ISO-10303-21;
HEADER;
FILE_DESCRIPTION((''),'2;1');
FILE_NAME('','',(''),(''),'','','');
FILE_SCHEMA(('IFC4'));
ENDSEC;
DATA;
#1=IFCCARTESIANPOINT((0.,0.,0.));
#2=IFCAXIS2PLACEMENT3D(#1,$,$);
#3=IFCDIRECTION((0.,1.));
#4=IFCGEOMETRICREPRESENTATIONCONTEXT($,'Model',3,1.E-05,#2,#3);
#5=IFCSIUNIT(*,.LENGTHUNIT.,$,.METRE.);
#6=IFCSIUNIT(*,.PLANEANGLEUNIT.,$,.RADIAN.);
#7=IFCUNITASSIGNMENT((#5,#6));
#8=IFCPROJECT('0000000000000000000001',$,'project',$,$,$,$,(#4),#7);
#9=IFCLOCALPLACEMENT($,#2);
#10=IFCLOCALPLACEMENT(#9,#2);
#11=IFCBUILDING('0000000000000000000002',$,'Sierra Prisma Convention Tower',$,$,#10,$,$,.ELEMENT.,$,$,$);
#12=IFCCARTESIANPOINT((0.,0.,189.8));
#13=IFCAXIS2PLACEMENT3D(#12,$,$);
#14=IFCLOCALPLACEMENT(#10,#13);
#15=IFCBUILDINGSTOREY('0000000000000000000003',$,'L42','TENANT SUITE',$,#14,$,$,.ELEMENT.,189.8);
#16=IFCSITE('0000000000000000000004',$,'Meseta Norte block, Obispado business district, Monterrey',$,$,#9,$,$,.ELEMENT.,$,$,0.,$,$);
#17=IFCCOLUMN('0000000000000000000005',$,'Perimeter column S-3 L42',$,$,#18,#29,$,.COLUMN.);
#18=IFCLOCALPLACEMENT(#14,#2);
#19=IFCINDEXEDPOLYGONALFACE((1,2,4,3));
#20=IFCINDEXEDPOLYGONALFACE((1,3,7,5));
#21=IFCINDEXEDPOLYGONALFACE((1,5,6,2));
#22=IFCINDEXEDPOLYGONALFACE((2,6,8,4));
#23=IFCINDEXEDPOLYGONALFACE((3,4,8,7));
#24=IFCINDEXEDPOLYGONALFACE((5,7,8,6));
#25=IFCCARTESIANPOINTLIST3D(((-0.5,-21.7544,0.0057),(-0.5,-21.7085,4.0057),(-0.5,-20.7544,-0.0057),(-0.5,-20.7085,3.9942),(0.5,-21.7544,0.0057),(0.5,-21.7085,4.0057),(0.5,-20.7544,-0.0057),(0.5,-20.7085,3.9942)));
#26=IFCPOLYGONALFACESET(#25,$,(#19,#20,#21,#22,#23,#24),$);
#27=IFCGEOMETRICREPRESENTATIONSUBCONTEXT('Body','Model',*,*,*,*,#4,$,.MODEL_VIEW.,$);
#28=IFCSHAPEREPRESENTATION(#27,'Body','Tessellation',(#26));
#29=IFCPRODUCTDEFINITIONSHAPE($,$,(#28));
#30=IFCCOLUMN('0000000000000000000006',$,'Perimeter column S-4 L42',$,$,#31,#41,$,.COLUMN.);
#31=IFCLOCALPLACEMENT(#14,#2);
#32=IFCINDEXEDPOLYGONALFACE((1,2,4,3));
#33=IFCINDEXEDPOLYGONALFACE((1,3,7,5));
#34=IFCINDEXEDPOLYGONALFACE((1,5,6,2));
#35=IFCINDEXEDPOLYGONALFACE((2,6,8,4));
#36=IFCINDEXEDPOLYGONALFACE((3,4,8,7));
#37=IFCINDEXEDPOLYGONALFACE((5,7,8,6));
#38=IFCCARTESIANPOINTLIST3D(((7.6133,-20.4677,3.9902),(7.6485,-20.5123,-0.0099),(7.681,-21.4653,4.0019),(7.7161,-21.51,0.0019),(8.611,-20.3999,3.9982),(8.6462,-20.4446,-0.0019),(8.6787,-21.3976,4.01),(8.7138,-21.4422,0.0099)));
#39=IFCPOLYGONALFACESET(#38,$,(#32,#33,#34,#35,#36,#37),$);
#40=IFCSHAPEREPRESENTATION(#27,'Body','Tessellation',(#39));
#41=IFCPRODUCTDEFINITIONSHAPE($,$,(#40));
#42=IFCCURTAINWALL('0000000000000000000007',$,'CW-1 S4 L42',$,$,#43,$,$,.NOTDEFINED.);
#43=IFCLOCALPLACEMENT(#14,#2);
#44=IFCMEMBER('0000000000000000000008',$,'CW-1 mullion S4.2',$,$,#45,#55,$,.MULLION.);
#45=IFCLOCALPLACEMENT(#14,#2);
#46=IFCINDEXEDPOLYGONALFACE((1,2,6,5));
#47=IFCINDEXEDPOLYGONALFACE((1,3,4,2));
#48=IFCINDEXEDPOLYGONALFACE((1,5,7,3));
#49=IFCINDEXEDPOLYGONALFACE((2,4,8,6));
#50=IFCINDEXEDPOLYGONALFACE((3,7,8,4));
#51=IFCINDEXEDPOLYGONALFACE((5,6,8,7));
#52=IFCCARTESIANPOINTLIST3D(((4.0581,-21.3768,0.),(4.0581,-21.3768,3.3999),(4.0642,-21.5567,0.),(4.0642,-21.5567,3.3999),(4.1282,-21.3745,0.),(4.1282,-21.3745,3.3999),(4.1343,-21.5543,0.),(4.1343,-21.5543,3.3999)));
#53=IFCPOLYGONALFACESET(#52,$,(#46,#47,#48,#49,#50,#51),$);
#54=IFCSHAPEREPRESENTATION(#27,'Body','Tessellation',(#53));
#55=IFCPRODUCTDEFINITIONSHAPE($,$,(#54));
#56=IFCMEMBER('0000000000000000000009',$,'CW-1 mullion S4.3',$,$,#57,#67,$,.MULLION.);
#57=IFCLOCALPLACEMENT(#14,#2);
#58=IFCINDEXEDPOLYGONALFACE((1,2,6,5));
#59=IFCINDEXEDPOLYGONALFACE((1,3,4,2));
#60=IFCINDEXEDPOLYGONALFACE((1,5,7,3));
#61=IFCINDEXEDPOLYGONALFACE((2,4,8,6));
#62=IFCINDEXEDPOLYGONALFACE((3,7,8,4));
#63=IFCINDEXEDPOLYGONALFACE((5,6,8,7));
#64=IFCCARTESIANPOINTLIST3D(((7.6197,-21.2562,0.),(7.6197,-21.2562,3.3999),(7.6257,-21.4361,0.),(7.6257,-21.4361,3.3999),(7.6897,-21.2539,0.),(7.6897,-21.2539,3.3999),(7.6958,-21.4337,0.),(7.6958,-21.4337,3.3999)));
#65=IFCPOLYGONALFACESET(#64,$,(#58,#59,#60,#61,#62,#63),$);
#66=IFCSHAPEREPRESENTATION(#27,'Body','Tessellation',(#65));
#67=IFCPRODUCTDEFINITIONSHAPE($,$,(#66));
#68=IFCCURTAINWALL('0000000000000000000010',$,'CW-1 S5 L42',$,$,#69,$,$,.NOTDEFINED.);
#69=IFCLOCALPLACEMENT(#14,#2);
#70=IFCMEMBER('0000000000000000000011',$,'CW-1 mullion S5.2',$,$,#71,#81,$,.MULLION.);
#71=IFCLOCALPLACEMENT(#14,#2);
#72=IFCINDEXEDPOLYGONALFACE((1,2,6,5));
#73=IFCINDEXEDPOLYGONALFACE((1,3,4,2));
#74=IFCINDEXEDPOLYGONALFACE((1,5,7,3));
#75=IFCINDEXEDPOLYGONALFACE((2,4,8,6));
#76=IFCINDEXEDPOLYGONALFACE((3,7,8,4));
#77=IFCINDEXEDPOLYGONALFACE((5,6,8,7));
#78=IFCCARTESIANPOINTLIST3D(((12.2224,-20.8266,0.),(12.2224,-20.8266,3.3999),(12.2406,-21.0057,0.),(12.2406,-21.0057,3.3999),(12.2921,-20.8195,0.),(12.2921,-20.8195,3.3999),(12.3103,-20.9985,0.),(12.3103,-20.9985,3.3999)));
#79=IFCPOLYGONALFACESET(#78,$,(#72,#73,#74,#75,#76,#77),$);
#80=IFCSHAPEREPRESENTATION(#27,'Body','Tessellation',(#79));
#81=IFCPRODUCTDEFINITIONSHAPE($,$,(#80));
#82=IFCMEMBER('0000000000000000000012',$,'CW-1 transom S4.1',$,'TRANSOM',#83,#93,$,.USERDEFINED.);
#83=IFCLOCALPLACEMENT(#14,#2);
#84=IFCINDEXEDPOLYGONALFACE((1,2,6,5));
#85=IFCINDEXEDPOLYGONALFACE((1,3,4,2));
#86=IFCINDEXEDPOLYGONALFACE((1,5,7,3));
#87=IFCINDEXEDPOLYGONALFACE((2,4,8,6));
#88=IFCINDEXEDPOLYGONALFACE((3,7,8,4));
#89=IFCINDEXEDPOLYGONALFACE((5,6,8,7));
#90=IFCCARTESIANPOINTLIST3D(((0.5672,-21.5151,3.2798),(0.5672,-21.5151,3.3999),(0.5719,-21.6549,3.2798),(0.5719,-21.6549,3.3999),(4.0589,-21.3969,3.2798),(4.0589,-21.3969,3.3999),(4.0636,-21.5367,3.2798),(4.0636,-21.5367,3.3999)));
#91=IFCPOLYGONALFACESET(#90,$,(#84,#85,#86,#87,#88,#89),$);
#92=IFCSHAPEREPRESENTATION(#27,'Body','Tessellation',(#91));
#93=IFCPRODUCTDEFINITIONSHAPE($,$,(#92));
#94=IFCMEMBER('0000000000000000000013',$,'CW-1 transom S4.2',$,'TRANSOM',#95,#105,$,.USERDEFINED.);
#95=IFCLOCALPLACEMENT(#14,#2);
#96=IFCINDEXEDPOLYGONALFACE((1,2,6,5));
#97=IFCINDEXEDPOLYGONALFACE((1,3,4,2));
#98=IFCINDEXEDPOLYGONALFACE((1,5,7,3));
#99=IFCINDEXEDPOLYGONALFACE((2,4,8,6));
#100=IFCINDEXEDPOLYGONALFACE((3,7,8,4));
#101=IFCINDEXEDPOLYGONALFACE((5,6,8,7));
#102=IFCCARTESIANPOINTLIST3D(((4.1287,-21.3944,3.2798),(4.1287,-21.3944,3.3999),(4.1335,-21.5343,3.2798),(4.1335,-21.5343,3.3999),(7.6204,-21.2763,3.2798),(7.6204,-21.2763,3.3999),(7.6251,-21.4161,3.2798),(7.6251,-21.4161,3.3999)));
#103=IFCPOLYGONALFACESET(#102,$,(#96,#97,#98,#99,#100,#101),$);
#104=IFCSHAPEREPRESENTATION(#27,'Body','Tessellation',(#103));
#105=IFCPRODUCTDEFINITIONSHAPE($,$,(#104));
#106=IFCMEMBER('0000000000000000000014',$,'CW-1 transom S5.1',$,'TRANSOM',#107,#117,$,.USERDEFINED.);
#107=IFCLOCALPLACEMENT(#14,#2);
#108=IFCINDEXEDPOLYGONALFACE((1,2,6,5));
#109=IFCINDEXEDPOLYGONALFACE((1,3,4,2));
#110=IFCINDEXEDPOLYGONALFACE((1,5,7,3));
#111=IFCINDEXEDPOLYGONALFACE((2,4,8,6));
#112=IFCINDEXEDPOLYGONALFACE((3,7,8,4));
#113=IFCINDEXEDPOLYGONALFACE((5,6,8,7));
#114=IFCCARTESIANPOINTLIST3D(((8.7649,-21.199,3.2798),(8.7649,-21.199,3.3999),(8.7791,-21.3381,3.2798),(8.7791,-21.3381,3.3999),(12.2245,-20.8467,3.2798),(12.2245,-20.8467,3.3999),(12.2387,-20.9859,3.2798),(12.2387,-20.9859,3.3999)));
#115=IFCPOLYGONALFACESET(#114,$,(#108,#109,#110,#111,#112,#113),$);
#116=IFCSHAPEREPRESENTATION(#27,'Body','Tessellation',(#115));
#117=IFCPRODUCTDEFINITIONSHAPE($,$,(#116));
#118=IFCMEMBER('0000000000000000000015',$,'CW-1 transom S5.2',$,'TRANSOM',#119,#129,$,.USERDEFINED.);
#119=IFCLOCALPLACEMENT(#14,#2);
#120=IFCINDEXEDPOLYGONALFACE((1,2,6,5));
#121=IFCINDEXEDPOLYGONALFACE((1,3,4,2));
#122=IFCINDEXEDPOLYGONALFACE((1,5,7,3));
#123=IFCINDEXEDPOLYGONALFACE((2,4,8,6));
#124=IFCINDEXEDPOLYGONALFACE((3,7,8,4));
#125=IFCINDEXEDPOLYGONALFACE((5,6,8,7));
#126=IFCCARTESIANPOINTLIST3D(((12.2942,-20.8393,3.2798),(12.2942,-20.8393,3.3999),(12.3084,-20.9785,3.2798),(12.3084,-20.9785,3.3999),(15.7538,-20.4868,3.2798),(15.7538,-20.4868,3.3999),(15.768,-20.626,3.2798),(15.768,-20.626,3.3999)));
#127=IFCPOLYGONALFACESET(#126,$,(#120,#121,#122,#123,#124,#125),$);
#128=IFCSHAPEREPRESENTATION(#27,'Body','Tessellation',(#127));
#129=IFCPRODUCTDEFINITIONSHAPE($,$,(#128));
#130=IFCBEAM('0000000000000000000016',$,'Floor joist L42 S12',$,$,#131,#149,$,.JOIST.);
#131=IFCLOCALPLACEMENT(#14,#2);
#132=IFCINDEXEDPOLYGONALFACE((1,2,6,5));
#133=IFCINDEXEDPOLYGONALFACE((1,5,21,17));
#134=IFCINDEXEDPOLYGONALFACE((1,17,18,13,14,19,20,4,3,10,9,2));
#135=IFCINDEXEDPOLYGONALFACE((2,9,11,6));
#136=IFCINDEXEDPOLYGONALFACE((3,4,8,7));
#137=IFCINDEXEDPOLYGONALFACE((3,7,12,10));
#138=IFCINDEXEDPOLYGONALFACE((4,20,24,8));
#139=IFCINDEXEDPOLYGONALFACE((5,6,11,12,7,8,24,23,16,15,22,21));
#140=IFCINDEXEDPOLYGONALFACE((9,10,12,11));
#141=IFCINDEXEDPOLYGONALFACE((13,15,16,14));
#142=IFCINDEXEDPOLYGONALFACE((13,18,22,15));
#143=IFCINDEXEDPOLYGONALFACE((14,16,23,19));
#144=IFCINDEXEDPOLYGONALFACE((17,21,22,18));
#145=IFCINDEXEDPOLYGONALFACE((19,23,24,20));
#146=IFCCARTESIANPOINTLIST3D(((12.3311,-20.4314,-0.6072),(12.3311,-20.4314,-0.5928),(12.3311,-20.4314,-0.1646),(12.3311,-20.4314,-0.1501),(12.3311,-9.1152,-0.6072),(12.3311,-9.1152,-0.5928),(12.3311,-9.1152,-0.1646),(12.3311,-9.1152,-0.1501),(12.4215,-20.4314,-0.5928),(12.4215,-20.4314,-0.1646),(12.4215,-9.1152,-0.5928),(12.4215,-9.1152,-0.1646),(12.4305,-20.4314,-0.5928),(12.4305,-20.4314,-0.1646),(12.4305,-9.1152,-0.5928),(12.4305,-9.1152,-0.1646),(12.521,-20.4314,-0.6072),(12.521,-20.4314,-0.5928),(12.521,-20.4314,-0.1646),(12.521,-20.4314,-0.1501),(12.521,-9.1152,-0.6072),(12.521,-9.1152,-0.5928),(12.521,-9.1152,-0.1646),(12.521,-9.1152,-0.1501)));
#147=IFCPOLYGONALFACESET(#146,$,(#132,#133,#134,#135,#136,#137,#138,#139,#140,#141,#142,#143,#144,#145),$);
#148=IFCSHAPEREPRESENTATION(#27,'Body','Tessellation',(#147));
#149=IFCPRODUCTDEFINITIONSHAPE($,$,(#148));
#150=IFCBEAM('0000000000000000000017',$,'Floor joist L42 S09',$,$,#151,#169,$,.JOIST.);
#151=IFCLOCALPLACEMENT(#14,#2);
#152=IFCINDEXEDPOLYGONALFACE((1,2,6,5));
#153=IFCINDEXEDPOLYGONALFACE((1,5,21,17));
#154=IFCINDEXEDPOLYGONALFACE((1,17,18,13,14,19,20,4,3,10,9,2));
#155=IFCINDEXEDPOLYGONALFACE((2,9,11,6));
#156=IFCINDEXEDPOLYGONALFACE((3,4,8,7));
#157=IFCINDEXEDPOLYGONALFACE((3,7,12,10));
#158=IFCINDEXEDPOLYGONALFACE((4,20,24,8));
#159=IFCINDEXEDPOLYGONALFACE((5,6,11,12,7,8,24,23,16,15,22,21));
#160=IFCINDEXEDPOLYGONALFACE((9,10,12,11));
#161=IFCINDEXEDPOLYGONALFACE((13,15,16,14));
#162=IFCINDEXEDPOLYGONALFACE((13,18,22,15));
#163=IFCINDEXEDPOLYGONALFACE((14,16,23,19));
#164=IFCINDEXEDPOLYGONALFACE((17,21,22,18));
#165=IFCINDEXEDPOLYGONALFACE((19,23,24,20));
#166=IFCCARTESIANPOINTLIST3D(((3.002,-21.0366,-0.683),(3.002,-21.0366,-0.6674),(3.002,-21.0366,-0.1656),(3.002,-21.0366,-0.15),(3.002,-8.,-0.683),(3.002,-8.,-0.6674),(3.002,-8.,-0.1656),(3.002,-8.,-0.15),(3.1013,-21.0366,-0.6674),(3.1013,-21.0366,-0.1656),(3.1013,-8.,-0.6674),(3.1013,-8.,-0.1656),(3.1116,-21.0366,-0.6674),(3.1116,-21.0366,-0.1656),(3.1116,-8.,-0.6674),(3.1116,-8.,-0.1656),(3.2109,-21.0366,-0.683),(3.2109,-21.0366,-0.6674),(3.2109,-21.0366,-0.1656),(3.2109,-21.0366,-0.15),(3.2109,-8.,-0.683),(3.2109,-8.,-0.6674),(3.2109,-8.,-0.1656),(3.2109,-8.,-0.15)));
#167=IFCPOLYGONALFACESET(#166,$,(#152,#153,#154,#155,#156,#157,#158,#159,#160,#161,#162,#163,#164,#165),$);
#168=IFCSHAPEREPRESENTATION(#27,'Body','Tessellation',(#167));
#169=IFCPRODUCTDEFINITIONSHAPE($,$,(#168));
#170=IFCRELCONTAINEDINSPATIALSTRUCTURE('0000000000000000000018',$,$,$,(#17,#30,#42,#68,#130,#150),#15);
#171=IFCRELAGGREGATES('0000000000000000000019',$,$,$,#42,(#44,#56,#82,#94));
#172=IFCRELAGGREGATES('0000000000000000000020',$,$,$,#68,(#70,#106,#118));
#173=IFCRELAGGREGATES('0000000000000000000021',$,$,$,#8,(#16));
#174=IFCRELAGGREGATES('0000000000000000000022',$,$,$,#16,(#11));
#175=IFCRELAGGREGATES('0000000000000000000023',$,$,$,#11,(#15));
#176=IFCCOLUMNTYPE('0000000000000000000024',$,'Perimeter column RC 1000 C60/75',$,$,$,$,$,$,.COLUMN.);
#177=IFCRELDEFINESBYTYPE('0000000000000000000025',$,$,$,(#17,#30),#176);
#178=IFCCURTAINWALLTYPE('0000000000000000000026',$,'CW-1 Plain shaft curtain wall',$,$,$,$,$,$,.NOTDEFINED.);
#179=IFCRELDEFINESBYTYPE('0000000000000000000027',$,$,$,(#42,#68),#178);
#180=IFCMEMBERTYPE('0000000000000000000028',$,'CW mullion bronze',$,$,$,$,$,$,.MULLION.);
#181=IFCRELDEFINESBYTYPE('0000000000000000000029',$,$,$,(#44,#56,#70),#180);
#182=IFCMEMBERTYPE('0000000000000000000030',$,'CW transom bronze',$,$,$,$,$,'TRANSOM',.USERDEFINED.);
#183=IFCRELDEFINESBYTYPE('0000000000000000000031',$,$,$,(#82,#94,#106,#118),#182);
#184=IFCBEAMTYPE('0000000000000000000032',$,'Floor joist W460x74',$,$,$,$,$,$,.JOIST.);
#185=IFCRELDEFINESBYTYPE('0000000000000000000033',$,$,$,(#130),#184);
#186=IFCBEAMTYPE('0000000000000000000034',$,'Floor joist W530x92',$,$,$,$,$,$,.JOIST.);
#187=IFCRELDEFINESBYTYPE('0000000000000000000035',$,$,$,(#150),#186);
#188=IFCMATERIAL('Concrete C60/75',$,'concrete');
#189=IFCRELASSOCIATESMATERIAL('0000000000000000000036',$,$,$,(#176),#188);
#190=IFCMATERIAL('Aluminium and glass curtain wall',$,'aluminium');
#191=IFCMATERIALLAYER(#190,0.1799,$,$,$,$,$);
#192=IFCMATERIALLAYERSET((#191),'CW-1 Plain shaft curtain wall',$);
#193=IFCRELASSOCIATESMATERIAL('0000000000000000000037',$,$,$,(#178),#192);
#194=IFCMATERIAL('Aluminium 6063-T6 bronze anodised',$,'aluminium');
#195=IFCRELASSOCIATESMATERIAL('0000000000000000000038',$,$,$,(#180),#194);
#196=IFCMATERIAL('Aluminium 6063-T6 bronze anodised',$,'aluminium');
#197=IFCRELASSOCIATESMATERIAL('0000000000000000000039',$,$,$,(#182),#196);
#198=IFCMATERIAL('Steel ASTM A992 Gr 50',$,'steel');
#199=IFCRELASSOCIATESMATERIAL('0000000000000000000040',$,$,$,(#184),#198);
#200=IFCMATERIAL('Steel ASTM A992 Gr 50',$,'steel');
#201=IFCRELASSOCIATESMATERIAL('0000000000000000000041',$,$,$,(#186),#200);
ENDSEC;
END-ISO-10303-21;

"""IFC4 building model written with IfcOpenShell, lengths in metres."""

from ifc_helpers import new_model, si_unit, direction, frame, origin, origin_2d, place, context, subcontext, project, spatial, rectangle, i_section, extrude, material, layer, layer_set, material_profile, profile_set, type_object, element, aggregate, save


model = new_model("IFC4")

# Units and contexts
model_context = context("Model", 3, precision=1e-05, world=origin(), true_north=direction((0.0, 1.0)))
body_context = subcontext(model_context, "Body", "Model", "MODEL_VIEW")
ifc_project = project(units=[si_unit("LENGTHUNIT", "METRE"), si_unit("PLANEANGLEUNIT", "RADIAN")], contexts=[model_context])

# Site, building, storey
site_placement = place(None, origin())
site = spatial("IfcSite", under=ifc_project, at=site_placement, Name="Meseta Norte block, Obispado business district, Monterrey", CompositionType="ELEMENT", RefElevation=0.0)
building_placement = place(site_placement, origin())
building = spatial("IfcBuilding", under=site, at=building_placement, Name="Sierra Prisma Convention Tower", CompositionType="ELEMENT")
storey_placement = place(building_placement, frame((0.0, 0.0, 189.8)))
storey = spatial("IfcBuildingStorey", under=building, at=storey_placement, Name="L42", Description="TENANT SUITE", CompositionType="ELEMENT", Elevation=189.8)

# Columns
ifc_material_1 = material(Name="Concrete C60/75", Category="concrete")
ifc_material_profile_1 = material_profile(ifc_material_1, rectangle(XDim=1.0, YDim=1.0, at=origin_2d()), Name="Perimeter column RC 1000 C60/75")
ifc_profile_set_1 = profile_set([ifc_material_profile_1], Name="Concrete C60/75")
column_type = type_object("IfcColumnType", Name="Perimeter column RC 1000 C60/75", PredefinedType="COLUMN", material=ifc_profile_set_1)
column_1_placement = place(storey_placement, frame((0.0, -21.2544, 0.0), z_axis=(0.0, 0.011474, 0.999934), x_axis=(1.0, 0.0, 0.0)))
element("IfcColumn", 1, at=column_1_placement, inside=storey, type_object=column_type, Name="Perimeter column S-3 L42", PredefinedType="COLUMN", context=body_context, shape_type="SweptSolid", body=[
    extrude(rectangle(XDim=1.0, YDim=1.0, at=origin_2d()), origin(), (0.0, 0.0, 1.0), 4.0002),
])
column_2_placement = place(storey_placement, frame((8.1812, -20.9773, 0.0), z_axis=(-0.008788, 0.011168, 0.999899), x_axis=(0.997671, 0.06774, 0.008012)))
element("IfcColumn", 2, at=column_2_placement, inside=storey, type_object=column_type, Name="Perimeter column S-4 L42", PredefinedType="COLUMN", context=body_context, shape_type="SweptSolid", body=[
    extrude(rectangle(XDim=1.0, YDim=1.0, at=origin_2d()), origin(), (0.0, 0.0, 1.0), 4.0005),
])

# Curtain wall, members
ifc_material_2 = material(Name="Aluminium and glass curtain wall", Category="aluminium")
ifc_layer_1 = layer(ifc_material_2, 0.1799)
ifc_layer_set_1 = layer_set([ifc_layer_1], Name="CW-1 Plain shaft curtain wall")
curtain_wall_type = type_object("IfcCurtainWallType", Name="CW-1 Plain shaft curtain wall", PredefinedType="NOTDEFINED", material=ifc_layer_set_1)
curtain_wall_1_placement = place(storey_placement, origin())
curtain_wall_1 = element("IfcCurtainWall", 3, at=curtain_wall_1_placement, inside=storey, type_object=curtain_wall_type, Name="CW-1 S4 L42", PredefinedType="NOTDEFINED")
ifc_material_3 = material(Name="Aluminium 6063-T6 bronze anodised", Category="aluminium")
ifc_material_profile_2 = material_profile(ifc_material_3, rectangle(XDim=0.1799, YDim=0.0701, at=origin_2d()), Name="ALU MULLION 70x180")
ifc_profile_set_2 = profile_set([ifc_material_profile_2], Name="Aluminium 6063-T6 bronze anodised")
member_type_1 = type_object("IfcMemberType", Name="CW mullion bronze", PredefinedType="MULLION", material=ifc_profile_set_2)
member_1_placement = place(storey_placement, frame((4.0962, -21.4656, 0.0), z_axis=(0.0, 0.0, 1.0), x_axis=(-0.033843, 0.999427, 0.0)))
member_1 = element("IfcMember", 4, at=member_1_placement, type_object=member_type_1, Name="CW-1 mullion S4.2", PredefinedType="MULLION", context=body_context, shape_type="SweptSolid", body=[
    extrude(rectangle(XDim=0.1799, YDim=0.0701, at=origin_2d()), origin(), (0.0, 0.0, 1.0), 3.3999),
])
member_2_placement = place(storey_placement, frame((7.6577, -21.345, 0.0), z_axis=(0.0, 0.0, 1.0), x_axis=(-0.033843, 0.999427, 0.0)))
member_2 = element("IfcMember", 5, at=member_2_placement, type_object=member_type_1, Name="CW-1 mullion S4.3", PredefinedType="MULLION", context=body_context, shape_type="SweptSolid", body=[
    extrude(rectangle(XDim=0.1799, YDim=0.0701, at=origin_2d()), origin(), (0.0, 0.0, 1.0), 3.3999),
])

# Curtain wall, member
curtain_wall_2_placement = place(storey_placement, origin())
curtain_wall_2 = element("IfcCurtainWall", 6, at=curtain_wall_2_placement, inside=storey, type_object=curtain_wall_type, Name="CW-1 S5 L42", PredefinedType="NOTDEFINED")
member_3_placement = place(storey_placement, frame((12.2664, -20.9126, 0.0), z_axis=(0.0, 0.0, 1.0), x_axis=(-0.101372, 0.994849, 0.0)))
member_3 = element("IfcMember", 7, at=member_3_placement, type_object=member_type_1, Name="CW-1 mullion S5.2", PredefinedType="MULLION", context=body_context, shape_type="SweptSolid", body=[
    extrude(rectangle(XDim=0.1799, YDim=0.0701, at=origin_2d()), origin(), (0.0, 0.0, 1.0), 3.3999),
])

# Members
ifc_material_4 = material(Name="Aluminium 6063-T6 bronze anodised", Category="aluminium")
ifc_material_profile_3 = material_profile(ifc_material_4, rectangle(XDim=0.1399, YDim=0.1201, at=origin_2d()), Name="ALU TRANSOM 120x140")
ifc_profile_set_3 = profile_set([ifc_material_profile_3], Name="Aluminium 6063-T6 bronze anodised")
member_type_2 = type_object("IfcMemberType", Name="CW transom bronze", ElementType="TRANSOM", PredefinedType="USERDEFINED", material=ifc_profile_set_3)
member_4_placement = place(storey_placement, frame((0.5696, -21.585, 3.3398), z_axis=(0.999428, 0.033822, 0.0), x_axis=(-0.033822, 0.999428, 0.0)))
member_4 = element("IfcMember", 8, at=member_4_placement, type_object=member_type_2, Name="CW-1 transom S4.1", ObjectType="TRANSOM", PredefinedType="USERDEFINED", context=body_context, shape_type="SweptSolid", body=[
    extrude(rectangle(XDim=0.1399, YDim=0.1201, at=origin_2d()), origin(), (0.0, 0.0, 1.0), 3.4937),
])
member_5_placement = place(storey_placement, frame((4.1311, -21.4644, 3.3398), z_axis=(0.999428, 0.033822, 0.0), x_axis=(-0.033822, 0.999428, 0.0)))
member_5 = element("IfcMember", 9, at=member_5_placement, type_object=member_type_2, Name="CW-1 transom S4.2", ObjectType="TRANSOM", PredefinedType="USERDEFINED", context=body_context, shape_type="SweptSolid", body=[
    extrude(rectangle(XDim=0.1399, YDim=0.1201, at=origin_2d()), origin(), (0.0, 0.0, 1.0), 3.4937),
])
member_6_placement = place(storey_placement, frame((8.772, -21.2686, 3.3398), z_axis=(0.994856, 0.101304, 0.0), x_axis=(-0.101304, 0.994856, 0.0)))
member_6 = element("IfcMember", 10, at=member_6_placement, type_object=member_type_2, Name="CW-1 transom S5.1", ObjectType="TRANSOM", PredefinedType="USERDEFINED", context=body_context, shape_type="SweptSolid", body=[
    extrude(rectangle(XDim=0.1399, YDim=0.1201, at=origin_2d()), origin(), (0.0, 0.0, 1.0), 3.4775),
])
member_7_placement = place(storey_placement, frame((12.3013, -20.9089, 3.3398), z_axis=(0.994848, 0.101373, 0.0), x_axis=(-0.101373, 0.994848, 0.0)))
member_7 = element("IfcMember", 11, at=member_7_placement, type_object=member_type_2, Name="CW-1 transom S5.2", ObjectType="TRANSOM", PredefinedType="USERDEFINED", context=body_context, shape_type="SweptSolid", body=[
    extrude(rectangle(XDim=0.1399, YDim=0.1201, at=origin_2d()), origin(), (0.0, 0.0, 1.0), 3.4775),
])

# Beams
ifc_material_5 = material(Name="Steel ASTM A992 Gr 50", Category="steel")
ifc_material_profile_4 = material_profile(ifc_material_5, i_section(OverallWidth=0.1899, OverallDepth=0.457, WebThickness=0.009, FlangeThickness=0.0144, at=origin_2d()), Name="W460x74")
ifc_profile_set_4 = profile_set([ifc_material_profile_4], Name="Steel ASTM A992 Gr 50")
beam_type_1 = type_object("IfcBeamType", Name="Floor joist W460x74", PredefinedType="JOIST", material=ifc_profile_set_4)
beam_1_placement = place(storey_placement, frame((12.426, -20.4314, -0.3787), z_axis=(0.0, 1.0, 0.0), x_axis=(-1.0, 0.0, 0.0)))
element("IfcBeam", 12, at=beam_1_placement, inside=storey, type_object=beam_type_1, Name="Floor joist L42 S12", PredefinedType="JOIST", context=body_context, shape_type="SweptSolid", body=[
    extrude(i_section(OverallWidth=0.1899, OverallDepth=0.457, WebThickness=0.009, FlangeThickness=0.0144, at=origin_2d()), origin(), (0.0, 0.0, 1.0), 11.3162),
])
ifc_material_6 = material(Name="Steel ASTM A992 Gr 50", Category="steel")
ifc_material_profile_5 = material_profile(ifc_material_6, i_section(OverallWidth=0.209, OverallDepth=0.533, WebThickness=0.0103, FlangeThickness=0.0156, at=origin_2d()), Name="W530x92")
ifc_profile_set_5 = profile_set([ifc_material_profile_5], Name="Steel ASTM A992 Gr 50")
beam_type_2 = type_object("IfcBeamType", Name="Floor joist W530x92", PredefinedType="JOIST", material=ifc_profile_set_5)
beam_2_placement = place(storey_placement, frame((3.1064, -21.0366, -0.4165), z_axis=(0.0, 1.0, 0.0), x_axis=(-1.0, 0.0, 0.0)))
element("IfcBeam", 13, at=beam_2_placement, inside=storey, type_object=beam_type_2, Name="Floor joist L42 S09", PredefinedType="JOIST", context=body_context, shape_type="SweptSolid", body=[
    extrude(i_section(OverallWidth=0.209, OverallDepth=0.533, WebThickness=0.0103, FlangeThickness=0.0156, at=origin_2d()), origin(), (0.0, 0.0, 1.0), 13.0366),
])

aggregate(curtain_wall_1, [member_1, member_2, member_4, member_5])
aggregate(curtain_wall_2, [member_3, member_6, member_7])

save(model, "model.ifc")
